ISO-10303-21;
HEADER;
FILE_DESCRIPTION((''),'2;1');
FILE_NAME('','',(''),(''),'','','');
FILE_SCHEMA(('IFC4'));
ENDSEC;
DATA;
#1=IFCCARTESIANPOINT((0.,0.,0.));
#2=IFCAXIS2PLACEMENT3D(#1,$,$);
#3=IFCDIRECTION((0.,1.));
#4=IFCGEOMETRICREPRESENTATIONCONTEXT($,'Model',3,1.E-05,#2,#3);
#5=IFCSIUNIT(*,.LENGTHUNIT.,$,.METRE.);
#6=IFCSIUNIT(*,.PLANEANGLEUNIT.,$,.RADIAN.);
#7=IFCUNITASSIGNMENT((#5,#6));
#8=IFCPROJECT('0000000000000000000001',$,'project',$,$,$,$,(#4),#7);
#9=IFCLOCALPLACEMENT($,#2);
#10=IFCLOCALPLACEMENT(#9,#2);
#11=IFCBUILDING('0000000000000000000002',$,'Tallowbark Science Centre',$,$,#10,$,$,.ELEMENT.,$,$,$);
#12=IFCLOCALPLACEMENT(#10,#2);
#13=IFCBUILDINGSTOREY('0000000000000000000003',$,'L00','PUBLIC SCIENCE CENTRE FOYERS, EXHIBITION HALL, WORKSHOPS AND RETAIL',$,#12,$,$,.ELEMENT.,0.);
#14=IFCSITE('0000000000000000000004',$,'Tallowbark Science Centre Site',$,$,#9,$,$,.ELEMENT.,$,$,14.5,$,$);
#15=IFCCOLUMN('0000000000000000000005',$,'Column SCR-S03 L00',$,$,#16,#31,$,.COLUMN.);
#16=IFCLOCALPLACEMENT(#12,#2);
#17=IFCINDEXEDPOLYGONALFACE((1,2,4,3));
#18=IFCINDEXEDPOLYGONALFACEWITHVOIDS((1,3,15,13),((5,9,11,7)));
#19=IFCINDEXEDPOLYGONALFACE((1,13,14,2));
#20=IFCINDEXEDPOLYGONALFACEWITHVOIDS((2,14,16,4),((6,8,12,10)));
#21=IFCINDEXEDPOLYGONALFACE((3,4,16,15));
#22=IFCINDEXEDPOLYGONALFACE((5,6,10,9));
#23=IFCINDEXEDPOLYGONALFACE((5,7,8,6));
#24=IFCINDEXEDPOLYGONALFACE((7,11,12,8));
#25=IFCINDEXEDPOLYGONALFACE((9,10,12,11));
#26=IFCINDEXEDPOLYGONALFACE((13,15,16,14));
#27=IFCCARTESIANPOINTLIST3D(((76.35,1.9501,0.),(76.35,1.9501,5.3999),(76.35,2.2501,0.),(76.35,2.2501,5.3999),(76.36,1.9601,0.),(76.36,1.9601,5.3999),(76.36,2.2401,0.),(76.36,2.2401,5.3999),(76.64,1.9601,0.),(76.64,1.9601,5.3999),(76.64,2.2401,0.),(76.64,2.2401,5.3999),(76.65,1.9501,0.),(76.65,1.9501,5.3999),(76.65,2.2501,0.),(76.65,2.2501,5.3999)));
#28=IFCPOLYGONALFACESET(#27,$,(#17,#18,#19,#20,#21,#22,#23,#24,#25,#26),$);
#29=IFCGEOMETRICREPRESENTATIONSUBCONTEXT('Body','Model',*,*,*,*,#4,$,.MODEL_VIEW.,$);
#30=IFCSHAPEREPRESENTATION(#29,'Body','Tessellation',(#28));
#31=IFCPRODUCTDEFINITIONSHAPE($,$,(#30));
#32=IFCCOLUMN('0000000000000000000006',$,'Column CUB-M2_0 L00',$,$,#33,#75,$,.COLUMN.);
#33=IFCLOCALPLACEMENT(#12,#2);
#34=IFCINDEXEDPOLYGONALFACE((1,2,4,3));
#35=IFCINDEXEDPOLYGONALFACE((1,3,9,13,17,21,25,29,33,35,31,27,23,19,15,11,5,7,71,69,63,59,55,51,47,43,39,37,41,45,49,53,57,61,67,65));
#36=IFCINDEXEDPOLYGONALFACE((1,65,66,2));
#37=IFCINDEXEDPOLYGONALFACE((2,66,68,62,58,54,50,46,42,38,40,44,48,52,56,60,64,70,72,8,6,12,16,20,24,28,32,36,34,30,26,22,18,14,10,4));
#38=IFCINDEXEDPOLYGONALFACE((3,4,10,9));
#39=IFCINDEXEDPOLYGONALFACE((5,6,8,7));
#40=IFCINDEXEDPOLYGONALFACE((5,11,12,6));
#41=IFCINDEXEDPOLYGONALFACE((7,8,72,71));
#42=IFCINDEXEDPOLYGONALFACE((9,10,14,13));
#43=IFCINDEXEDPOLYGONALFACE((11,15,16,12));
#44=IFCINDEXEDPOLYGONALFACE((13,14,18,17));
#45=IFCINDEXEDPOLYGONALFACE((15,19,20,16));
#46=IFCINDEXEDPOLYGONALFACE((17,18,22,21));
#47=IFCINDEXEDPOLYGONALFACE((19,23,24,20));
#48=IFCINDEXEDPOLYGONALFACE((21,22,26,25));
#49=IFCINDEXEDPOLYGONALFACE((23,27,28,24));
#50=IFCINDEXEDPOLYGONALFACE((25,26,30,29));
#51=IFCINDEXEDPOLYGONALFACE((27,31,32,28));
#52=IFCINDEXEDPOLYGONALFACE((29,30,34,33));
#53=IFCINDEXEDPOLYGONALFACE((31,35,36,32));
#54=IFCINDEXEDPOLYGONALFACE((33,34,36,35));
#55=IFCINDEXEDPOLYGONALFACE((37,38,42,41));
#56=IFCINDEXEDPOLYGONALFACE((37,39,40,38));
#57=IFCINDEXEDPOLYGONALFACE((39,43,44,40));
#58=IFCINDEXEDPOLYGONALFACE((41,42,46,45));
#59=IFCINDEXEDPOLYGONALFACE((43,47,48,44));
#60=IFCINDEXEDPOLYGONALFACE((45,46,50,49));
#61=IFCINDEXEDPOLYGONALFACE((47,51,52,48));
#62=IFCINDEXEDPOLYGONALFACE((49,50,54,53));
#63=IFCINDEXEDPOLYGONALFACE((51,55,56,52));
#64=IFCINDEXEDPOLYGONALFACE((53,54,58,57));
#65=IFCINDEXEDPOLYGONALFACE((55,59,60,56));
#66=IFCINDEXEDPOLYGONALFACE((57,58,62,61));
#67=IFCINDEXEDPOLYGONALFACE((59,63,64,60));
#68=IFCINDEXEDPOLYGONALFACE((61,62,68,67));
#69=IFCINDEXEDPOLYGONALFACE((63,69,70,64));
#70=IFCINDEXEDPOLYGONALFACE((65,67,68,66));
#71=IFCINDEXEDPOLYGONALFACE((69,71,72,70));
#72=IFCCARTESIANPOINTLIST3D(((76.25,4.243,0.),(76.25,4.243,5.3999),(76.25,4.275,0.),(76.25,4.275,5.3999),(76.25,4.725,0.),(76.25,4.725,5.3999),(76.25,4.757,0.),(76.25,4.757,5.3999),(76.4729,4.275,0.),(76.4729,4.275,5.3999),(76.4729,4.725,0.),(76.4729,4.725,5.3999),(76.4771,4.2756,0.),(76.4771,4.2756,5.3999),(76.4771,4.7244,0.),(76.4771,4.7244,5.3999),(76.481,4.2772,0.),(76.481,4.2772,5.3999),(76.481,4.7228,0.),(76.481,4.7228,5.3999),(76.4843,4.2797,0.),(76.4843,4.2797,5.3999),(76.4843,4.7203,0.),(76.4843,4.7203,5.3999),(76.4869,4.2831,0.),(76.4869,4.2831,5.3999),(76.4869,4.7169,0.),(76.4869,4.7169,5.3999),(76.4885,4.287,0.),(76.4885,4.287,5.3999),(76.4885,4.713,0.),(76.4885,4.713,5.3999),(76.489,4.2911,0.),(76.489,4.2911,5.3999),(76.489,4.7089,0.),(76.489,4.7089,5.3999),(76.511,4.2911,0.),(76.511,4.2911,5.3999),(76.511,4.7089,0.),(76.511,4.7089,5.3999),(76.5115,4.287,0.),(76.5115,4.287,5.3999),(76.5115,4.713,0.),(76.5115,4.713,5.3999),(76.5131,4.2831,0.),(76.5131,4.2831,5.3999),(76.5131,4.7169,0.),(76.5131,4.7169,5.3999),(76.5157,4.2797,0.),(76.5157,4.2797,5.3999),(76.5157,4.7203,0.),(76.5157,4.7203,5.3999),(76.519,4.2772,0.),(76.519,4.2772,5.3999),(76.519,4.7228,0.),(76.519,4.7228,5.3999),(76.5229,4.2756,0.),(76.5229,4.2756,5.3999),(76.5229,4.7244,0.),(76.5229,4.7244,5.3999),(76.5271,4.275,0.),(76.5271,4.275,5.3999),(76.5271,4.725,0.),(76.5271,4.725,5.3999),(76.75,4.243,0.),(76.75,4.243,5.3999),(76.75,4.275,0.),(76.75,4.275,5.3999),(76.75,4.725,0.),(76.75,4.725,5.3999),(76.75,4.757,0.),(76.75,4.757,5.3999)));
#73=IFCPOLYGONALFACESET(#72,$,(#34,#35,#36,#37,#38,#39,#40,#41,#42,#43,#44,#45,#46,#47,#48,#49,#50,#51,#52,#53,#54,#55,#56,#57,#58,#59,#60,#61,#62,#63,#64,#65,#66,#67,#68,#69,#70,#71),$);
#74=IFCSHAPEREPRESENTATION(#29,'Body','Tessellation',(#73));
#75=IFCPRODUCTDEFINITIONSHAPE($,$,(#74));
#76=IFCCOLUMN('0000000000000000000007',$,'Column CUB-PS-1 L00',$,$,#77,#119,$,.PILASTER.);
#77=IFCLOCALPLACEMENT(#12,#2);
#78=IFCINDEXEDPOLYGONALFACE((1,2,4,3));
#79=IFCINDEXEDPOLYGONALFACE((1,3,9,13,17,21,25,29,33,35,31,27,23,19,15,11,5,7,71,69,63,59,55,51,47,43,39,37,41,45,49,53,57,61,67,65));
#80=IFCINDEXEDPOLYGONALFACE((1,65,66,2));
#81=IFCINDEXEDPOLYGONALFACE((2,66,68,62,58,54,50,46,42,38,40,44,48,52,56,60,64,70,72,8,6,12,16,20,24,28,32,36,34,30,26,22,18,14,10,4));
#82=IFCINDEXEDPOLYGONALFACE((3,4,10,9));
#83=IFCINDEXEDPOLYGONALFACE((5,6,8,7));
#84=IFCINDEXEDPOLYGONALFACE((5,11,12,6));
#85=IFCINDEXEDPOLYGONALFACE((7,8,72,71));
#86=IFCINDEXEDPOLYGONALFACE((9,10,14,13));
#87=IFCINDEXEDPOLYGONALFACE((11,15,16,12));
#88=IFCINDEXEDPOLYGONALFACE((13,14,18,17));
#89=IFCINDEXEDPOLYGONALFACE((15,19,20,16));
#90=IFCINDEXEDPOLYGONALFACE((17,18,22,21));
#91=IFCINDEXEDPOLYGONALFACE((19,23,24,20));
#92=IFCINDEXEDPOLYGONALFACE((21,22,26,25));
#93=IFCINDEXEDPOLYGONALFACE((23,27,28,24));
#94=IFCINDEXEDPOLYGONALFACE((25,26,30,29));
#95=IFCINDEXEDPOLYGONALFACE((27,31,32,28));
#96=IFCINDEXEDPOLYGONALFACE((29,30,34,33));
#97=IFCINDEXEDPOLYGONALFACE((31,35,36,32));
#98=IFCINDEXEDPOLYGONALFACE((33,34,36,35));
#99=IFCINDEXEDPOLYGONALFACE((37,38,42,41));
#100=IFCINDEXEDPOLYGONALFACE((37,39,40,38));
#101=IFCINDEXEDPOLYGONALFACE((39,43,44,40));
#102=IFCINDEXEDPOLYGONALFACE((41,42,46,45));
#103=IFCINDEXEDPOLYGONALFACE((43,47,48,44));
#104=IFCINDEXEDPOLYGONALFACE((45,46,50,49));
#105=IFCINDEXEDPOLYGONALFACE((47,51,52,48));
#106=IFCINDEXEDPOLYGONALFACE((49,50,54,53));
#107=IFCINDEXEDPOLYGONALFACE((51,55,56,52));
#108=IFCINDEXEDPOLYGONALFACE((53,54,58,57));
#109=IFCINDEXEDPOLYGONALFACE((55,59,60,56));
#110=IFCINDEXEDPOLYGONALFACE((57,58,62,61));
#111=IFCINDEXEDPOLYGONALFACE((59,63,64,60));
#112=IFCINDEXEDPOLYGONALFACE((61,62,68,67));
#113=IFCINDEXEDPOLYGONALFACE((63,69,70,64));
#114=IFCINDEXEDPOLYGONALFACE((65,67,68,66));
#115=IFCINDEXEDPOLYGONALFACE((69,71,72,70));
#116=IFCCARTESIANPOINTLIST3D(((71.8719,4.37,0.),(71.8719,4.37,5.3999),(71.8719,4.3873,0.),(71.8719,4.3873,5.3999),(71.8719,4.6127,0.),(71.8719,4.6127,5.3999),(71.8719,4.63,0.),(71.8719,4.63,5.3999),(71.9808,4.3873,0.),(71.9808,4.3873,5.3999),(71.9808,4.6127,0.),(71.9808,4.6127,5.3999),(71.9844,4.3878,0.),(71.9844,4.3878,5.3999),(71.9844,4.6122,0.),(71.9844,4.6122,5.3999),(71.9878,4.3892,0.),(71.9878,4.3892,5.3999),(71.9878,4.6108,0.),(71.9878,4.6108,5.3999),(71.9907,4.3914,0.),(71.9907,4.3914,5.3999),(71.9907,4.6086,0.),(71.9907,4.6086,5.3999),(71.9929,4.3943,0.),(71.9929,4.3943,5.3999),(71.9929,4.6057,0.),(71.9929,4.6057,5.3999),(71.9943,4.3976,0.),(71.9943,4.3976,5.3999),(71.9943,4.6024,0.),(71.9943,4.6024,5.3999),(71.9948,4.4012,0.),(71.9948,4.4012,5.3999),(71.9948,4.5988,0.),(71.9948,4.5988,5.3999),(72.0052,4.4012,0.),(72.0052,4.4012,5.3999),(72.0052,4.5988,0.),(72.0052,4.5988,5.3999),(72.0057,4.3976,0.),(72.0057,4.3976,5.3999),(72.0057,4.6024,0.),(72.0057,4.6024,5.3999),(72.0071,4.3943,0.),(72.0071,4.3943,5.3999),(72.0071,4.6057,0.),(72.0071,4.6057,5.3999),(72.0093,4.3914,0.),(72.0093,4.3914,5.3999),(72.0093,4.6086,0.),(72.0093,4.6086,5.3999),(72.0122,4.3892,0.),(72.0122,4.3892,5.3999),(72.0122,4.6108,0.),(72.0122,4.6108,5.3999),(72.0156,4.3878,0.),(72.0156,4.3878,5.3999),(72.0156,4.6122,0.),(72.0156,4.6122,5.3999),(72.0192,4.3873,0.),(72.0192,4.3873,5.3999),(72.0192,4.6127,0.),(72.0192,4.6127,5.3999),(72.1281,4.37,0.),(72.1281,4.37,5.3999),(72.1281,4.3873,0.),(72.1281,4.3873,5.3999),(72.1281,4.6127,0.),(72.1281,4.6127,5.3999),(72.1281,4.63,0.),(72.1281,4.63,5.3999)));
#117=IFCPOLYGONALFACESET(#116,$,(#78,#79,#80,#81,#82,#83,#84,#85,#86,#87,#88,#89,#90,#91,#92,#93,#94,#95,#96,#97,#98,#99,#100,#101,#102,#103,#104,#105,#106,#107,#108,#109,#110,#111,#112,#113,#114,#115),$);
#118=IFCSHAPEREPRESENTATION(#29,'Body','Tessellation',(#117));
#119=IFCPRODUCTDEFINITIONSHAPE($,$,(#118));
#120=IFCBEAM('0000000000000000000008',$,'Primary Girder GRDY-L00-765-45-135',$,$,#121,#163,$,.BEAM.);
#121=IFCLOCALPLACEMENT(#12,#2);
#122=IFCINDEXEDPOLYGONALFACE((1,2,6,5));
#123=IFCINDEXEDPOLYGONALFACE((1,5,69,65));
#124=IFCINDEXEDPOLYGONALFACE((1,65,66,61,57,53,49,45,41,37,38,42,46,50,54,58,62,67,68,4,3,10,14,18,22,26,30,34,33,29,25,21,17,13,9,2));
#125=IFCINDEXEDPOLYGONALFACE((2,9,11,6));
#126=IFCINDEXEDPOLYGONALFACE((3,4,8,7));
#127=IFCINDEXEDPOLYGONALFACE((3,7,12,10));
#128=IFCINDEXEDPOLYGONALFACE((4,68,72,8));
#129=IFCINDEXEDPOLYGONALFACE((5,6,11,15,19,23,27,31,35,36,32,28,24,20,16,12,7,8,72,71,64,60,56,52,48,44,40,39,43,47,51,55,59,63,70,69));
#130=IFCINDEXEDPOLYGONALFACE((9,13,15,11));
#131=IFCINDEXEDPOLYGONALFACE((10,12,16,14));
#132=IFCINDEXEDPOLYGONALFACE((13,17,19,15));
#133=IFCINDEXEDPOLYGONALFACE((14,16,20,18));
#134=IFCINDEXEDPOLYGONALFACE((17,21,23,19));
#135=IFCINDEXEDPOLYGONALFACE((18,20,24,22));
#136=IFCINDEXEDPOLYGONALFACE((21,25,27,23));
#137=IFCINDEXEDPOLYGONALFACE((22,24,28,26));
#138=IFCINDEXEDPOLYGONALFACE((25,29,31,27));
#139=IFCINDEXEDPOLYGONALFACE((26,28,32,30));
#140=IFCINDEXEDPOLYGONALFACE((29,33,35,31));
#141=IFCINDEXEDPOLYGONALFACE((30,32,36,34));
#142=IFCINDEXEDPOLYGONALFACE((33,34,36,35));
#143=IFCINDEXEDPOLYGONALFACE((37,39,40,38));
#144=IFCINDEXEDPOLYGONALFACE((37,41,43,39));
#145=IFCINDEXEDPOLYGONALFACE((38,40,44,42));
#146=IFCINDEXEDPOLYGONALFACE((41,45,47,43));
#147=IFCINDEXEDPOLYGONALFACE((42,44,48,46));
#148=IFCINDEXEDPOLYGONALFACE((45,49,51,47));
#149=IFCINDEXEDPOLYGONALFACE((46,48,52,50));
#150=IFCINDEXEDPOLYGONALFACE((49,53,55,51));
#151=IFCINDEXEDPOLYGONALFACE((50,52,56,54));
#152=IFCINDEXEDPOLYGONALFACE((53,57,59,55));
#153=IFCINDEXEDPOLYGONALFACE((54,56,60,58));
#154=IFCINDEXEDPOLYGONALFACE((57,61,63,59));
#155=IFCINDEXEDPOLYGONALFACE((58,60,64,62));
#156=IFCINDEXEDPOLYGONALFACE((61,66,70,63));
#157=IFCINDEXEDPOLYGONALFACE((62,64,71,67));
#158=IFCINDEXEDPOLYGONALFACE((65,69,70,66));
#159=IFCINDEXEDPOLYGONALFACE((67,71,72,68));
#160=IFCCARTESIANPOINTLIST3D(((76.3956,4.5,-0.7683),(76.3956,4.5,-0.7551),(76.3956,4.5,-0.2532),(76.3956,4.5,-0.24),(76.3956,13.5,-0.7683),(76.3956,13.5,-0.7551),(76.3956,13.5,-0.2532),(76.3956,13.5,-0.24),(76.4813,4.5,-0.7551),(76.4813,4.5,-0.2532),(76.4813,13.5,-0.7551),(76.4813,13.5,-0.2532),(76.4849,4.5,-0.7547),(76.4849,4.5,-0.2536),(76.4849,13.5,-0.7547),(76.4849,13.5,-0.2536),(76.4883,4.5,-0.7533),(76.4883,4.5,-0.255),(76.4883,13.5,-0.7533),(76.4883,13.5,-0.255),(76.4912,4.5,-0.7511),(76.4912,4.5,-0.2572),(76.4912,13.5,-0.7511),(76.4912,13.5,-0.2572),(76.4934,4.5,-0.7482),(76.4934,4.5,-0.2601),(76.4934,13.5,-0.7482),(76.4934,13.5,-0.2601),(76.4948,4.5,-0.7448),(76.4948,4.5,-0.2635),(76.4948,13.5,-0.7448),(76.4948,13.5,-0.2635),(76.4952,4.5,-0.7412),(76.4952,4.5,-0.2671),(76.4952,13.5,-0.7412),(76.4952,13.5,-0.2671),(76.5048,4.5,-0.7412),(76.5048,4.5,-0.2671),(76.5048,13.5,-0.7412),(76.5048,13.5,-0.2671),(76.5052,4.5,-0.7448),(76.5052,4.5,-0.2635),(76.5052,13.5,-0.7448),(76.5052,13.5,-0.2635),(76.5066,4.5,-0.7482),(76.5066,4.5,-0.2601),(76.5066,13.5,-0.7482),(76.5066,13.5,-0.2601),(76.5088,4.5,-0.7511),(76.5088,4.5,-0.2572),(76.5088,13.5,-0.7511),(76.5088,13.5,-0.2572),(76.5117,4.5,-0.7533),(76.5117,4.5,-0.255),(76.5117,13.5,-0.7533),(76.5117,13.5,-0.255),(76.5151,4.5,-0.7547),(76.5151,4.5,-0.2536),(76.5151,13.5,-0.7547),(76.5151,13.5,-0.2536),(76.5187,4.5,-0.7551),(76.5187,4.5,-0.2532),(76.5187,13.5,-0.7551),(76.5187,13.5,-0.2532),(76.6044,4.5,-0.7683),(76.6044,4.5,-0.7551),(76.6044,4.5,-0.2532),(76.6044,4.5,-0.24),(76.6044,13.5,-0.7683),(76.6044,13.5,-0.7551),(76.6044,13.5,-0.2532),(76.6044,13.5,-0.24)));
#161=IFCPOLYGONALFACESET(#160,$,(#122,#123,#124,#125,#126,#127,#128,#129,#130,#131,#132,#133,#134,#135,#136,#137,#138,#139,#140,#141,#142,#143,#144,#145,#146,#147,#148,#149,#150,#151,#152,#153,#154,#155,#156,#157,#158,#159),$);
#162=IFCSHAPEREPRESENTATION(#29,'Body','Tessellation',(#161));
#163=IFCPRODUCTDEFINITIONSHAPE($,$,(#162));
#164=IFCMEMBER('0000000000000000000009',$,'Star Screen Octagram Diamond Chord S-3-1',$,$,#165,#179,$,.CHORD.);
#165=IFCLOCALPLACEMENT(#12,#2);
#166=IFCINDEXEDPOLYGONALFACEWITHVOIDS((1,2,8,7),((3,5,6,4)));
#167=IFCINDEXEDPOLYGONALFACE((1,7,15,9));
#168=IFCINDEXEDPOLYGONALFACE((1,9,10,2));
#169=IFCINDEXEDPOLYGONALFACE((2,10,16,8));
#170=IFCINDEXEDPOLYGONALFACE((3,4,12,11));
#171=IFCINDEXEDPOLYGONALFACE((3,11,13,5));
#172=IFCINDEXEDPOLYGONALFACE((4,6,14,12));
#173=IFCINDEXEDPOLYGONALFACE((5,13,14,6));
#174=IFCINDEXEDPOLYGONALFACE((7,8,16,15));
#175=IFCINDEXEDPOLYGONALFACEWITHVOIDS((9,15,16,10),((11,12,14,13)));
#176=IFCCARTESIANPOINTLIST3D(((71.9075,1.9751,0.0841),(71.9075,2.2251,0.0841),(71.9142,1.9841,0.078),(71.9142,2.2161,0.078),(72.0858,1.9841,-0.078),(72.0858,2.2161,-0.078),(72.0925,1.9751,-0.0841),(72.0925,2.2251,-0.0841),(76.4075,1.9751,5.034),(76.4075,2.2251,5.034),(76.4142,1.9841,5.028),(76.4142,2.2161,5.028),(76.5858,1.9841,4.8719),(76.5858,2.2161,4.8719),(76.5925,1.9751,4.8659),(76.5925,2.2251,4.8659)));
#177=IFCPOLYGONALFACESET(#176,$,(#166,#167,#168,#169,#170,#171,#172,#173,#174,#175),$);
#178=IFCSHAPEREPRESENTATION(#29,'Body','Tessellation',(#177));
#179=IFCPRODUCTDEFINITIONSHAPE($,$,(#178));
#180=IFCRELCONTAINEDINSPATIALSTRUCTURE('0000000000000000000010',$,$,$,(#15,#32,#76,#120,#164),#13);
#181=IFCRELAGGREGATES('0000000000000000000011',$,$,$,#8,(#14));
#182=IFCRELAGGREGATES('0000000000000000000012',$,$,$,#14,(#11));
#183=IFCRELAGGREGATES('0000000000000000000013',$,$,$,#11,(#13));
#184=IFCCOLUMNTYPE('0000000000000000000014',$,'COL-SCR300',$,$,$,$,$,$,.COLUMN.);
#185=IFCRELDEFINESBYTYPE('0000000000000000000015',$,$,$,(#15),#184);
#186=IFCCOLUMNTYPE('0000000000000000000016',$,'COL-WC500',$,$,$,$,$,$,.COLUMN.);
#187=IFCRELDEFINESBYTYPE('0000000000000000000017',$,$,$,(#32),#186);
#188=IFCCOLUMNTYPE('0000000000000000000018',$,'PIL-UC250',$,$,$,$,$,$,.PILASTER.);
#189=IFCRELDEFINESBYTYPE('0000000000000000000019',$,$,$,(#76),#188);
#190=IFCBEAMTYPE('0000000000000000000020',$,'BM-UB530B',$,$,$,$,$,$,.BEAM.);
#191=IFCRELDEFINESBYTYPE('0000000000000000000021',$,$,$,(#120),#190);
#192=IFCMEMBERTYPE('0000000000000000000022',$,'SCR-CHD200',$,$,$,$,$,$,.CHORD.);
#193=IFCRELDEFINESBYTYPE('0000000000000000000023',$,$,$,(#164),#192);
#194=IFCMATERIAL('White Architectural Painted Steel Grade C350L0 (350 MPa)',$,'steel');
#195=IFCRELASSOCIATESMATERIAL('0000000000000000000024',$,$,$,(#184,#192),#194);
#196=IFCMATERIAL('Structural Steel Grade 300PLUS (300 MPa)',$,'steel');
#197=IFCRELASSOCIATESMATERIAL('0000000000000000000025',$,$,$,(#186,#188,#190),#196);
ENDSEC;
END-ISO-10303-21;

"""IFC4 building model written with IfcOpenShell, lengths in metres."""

from ifc_helpers import new_model, si_unit, direction, frame, origin, origin_2d, place, context, subcontext, project, spatial, hollow_rectangle, i_section, extrude, material, material_profile, profile_set, type_object, element, save


model = new_model("IFC4")

# Units and contexts
model_context = context("Model", 3, precision=1e-05, world=origin(), true_north=direction((0.0, 1.0)))
body_context = subcontext(model_context, "Body", "Model", "MODEL_VIEW")
ifc_project = project(units=[si_unit("LENGTHUNIT", "METRE"), si_unit("PLANEANGLEUNIT", "RADIAN")], contexts=[model_context])

# Site, building, storey
site_placement = place(None, origin())
site = spatial("IfcSite", under=ifc_project, at=site_placement, Name="Tallowbark Science Centre Site", CompositionType="ELEMENT", RefElevation=14.5)
building_placement = place(site_placement, origin())
building = spatial("IfcBuilding", under=site, at=building_placement, Name="Tallowbark Science Centre", CompositionType="ELEMENT")
storey_placement = place(building_placement, origin())
storey = spatial("IfcBuildingStorey", under=building, at=storey_placement, Name="L00", Description="PUBLIC SCIENCE CENTRE FOYERS, EXHIBITION HALL, WORKSHOPS AND RETAIL", CompositionType="ELEMENT", Elevation=0.0)

# Columns
ifc_material_1 = material(Name="White Architectural Painted Steel Grade C350L0 (350 MPa)", Category="steel")
ifc_material_profile_1 = material_profile(ifc_material_1, hollow_rectangle(XDim=0.3, YDim=0.3, WallThickness=0.01, at=origin_2d()), Name="300x300x10.0SHS")
ifc_profile_set_1 = profile_set([ifc_material_profile_1], Name="White Architectural Painted Steel Grade C350L0 (350 MPa)")
column_type_1 = type_object("IfcColumnType", Name="COL-SCR300", PredefinedType="COLUMN", material=ifc_profile_set_1)
column_1_placement = place(storey_placement, frame((76.5, 2.1001, 0.0), z_axis=(0.0, 0.0, 1.0), x_axis=(1.0, 0.0, 0.0)))
element("IfcColumn", 1, at=column_1_placement, inside=storey, type_object=column_type_1, Name="Column SCR-S03 L00", PredefinedType="COLUMN", context=body_context, shape_type="SweptSolid", body=[
    extrude(hollow_rectangle(XDim=0.3, YDim=0.3, WallThickness=0.01, at=origin_2d()), origin(), (0.0, 0.0, 1.0), 5.3999),
])
ifc_material_2 = material(Name="Structural Steel Grade 300PLUS (300 MPa)", Category="steel")
ifc_material_profile_2 = material_profile(ifc_material_2, i_section(OverallWidth=0.5, OverallDepth=0.5139, WebThickness=0.022, FlangeThickness=0.032, FilletRadius=0.0161, at=origin_2d()), Name="500WC340")
ifc_profile_set_2 = profile_set([ifc_material_profile_2], Name="Structural Steel Grade 300PLUS (300 MPa)")
column_type_2 = type_object("IfcColumnType", Name="COL-WC500", PredefinedType="COLUMN", material=ifc_profile_set_2)
column_2_placement = place(storey_placement, frame((76.5, 4.5, 0.0), z_axis=(0.0, 0.0, 1.0), x_axis=(1.0, 0.0, 0.0)))
element("IfcColumn", 2, at=column_2_placement, inside=storey, type_object=column_type_2, Name="Column CUB-M2_0 L00", PredefinedType="COLUMN", context=body_context, shape_type="SweptSolid", body=[
    extrude(i_section(OverallWidth=0.5, OverallDepth=0.5139, WebThickness=0.022, FlangeThickness=0.032, FilletRadius=0.0161, at=origin_2d()), origin(), (0.0, 0.0, 1.0), 5.3999),
])
ifc_material_profile_3 = material_profile(ifc_material_2, i_section(OverallWidth=0.2561, OverallDepth=0.26, WebThickness=0.0105, FlangeThickness=0.0173, FilletRadius=0.0139, at=origin_2d()), Name="250UC89.5")
ifc_profile_set_3 = profile_set([ifc_material_profile_3], Name="Structural Steel Grade 300PLUS (300 MPa)")
column_type_3 = type_object("IfcColumnType", Name="PIL-UC250", PredefinedType="PILASTER", material=ifc_profile_set_3)
column_3_placement = place(storey_placement, frame((72.0, 4.5, 0.0), z_axis=(0.0, 0.0, 1.0), x_axis=(1.0, 0.0, 0.0)))
element("IfcColumn", 3, at=column_3_placement, inside=storey, type_object=column_type_3, Name="Column CUB-PS-1 L00", PredefinedType="PILASTER", context=body_context, shape_type="SweptSolid", body=[
    extrude(i_section(OverallWidth=0.2561, OverallDepth=0.26, WebThickness=0.0105, FlangeThickness=0.0173, FilletRadius=0.0139, at=origin_2d()), origin(), (0.0, 0.0, 1.0), 5.3999),
])

# Beam
ifc_material_profile_4 = material_profile(ifc_material_2, i_section(OverallWidth=0.2087, OverallDepth=0.5283, WebThickness=0.0095, FlangeThickness=0.0132, FilletRadius=0.0139, at=origin_2d()), Name="530UB82.0")
ifc_profile_set_4 = profile_set([ifc_material_profile_4], Name="Structural Steel Grade 300PLUS (300 MPa)")
beam_type_1 = type_object("IfcBeamType", Name="BM-UB530B", PredefinedType="BEAM", material=ifc_profile_set_4)
beam_placement = place(storey_placement, frame((76.5, 4.5, -0.5042), z_axis=(0.0, 1.0, 0.0), x_axis=(-1.0, 0.0, 0.0)))
element("IfcBeam", 4, at=beam_placement, inside=storey, type_object=beam_type_1, Name="Primary Girder GRDY-L00-765-45-135", PredefinedType="BEAM", context=body_context, shape_type="SweptSolid", body=[
    extrude(i_section(OverallWidth=0.2087, OverallDepth=0.5283, WebThickness=0.0095, FlangeThickness=0.0132, FilletRadius=0.0139, at=origin_2d()), origin(), (0.0, 0.0, 1.0), 9.0),
])

# Member
ifc_material_profile_5 = material_profile(ifc_material_1, hollow_rectangle(XDim=0.25, YDim=0.25, WallThickness=0.009, at=origin_2d()), Name="250x250x9.0SHS")
ifc_profile_set_5 = profile_set([ifc_material_profile_5], Name="White Architectural Painted Steel Grade C350L0 (350 MPa)")
member_type_1 = type_object("IfcMemberType", Name="SCR-CHD200", PredefinedType="CHORD", material=ifc_profile_set_5)
for number, where, z_axis, x_axis, name in (
    (5, (72.0, 2.1001, 0.0), (0.672676, 0.0, 0.739937), (0.0, 1.0, 0.0), "Star Screen Octagram Diamond Chord S-3-1"),
):
    element("IfcMember", number, at=place(storey_placement, frame(where, z_axis=z_axis, x_axis=x_axis)), inside=storey, type_object=member_type_1, Name=name, PredefinedType="CHORD", context=body_context, shape_type="SweptSolid", body=[
        extrude(hollow_rectangle(XDim=0.25, YDim=0.25, WallThickness=0.009, at=origin_2d()), origin(), (0.0, 0.0, 1.0), 6.6897),
    ])

save(model, "model.ifc")
